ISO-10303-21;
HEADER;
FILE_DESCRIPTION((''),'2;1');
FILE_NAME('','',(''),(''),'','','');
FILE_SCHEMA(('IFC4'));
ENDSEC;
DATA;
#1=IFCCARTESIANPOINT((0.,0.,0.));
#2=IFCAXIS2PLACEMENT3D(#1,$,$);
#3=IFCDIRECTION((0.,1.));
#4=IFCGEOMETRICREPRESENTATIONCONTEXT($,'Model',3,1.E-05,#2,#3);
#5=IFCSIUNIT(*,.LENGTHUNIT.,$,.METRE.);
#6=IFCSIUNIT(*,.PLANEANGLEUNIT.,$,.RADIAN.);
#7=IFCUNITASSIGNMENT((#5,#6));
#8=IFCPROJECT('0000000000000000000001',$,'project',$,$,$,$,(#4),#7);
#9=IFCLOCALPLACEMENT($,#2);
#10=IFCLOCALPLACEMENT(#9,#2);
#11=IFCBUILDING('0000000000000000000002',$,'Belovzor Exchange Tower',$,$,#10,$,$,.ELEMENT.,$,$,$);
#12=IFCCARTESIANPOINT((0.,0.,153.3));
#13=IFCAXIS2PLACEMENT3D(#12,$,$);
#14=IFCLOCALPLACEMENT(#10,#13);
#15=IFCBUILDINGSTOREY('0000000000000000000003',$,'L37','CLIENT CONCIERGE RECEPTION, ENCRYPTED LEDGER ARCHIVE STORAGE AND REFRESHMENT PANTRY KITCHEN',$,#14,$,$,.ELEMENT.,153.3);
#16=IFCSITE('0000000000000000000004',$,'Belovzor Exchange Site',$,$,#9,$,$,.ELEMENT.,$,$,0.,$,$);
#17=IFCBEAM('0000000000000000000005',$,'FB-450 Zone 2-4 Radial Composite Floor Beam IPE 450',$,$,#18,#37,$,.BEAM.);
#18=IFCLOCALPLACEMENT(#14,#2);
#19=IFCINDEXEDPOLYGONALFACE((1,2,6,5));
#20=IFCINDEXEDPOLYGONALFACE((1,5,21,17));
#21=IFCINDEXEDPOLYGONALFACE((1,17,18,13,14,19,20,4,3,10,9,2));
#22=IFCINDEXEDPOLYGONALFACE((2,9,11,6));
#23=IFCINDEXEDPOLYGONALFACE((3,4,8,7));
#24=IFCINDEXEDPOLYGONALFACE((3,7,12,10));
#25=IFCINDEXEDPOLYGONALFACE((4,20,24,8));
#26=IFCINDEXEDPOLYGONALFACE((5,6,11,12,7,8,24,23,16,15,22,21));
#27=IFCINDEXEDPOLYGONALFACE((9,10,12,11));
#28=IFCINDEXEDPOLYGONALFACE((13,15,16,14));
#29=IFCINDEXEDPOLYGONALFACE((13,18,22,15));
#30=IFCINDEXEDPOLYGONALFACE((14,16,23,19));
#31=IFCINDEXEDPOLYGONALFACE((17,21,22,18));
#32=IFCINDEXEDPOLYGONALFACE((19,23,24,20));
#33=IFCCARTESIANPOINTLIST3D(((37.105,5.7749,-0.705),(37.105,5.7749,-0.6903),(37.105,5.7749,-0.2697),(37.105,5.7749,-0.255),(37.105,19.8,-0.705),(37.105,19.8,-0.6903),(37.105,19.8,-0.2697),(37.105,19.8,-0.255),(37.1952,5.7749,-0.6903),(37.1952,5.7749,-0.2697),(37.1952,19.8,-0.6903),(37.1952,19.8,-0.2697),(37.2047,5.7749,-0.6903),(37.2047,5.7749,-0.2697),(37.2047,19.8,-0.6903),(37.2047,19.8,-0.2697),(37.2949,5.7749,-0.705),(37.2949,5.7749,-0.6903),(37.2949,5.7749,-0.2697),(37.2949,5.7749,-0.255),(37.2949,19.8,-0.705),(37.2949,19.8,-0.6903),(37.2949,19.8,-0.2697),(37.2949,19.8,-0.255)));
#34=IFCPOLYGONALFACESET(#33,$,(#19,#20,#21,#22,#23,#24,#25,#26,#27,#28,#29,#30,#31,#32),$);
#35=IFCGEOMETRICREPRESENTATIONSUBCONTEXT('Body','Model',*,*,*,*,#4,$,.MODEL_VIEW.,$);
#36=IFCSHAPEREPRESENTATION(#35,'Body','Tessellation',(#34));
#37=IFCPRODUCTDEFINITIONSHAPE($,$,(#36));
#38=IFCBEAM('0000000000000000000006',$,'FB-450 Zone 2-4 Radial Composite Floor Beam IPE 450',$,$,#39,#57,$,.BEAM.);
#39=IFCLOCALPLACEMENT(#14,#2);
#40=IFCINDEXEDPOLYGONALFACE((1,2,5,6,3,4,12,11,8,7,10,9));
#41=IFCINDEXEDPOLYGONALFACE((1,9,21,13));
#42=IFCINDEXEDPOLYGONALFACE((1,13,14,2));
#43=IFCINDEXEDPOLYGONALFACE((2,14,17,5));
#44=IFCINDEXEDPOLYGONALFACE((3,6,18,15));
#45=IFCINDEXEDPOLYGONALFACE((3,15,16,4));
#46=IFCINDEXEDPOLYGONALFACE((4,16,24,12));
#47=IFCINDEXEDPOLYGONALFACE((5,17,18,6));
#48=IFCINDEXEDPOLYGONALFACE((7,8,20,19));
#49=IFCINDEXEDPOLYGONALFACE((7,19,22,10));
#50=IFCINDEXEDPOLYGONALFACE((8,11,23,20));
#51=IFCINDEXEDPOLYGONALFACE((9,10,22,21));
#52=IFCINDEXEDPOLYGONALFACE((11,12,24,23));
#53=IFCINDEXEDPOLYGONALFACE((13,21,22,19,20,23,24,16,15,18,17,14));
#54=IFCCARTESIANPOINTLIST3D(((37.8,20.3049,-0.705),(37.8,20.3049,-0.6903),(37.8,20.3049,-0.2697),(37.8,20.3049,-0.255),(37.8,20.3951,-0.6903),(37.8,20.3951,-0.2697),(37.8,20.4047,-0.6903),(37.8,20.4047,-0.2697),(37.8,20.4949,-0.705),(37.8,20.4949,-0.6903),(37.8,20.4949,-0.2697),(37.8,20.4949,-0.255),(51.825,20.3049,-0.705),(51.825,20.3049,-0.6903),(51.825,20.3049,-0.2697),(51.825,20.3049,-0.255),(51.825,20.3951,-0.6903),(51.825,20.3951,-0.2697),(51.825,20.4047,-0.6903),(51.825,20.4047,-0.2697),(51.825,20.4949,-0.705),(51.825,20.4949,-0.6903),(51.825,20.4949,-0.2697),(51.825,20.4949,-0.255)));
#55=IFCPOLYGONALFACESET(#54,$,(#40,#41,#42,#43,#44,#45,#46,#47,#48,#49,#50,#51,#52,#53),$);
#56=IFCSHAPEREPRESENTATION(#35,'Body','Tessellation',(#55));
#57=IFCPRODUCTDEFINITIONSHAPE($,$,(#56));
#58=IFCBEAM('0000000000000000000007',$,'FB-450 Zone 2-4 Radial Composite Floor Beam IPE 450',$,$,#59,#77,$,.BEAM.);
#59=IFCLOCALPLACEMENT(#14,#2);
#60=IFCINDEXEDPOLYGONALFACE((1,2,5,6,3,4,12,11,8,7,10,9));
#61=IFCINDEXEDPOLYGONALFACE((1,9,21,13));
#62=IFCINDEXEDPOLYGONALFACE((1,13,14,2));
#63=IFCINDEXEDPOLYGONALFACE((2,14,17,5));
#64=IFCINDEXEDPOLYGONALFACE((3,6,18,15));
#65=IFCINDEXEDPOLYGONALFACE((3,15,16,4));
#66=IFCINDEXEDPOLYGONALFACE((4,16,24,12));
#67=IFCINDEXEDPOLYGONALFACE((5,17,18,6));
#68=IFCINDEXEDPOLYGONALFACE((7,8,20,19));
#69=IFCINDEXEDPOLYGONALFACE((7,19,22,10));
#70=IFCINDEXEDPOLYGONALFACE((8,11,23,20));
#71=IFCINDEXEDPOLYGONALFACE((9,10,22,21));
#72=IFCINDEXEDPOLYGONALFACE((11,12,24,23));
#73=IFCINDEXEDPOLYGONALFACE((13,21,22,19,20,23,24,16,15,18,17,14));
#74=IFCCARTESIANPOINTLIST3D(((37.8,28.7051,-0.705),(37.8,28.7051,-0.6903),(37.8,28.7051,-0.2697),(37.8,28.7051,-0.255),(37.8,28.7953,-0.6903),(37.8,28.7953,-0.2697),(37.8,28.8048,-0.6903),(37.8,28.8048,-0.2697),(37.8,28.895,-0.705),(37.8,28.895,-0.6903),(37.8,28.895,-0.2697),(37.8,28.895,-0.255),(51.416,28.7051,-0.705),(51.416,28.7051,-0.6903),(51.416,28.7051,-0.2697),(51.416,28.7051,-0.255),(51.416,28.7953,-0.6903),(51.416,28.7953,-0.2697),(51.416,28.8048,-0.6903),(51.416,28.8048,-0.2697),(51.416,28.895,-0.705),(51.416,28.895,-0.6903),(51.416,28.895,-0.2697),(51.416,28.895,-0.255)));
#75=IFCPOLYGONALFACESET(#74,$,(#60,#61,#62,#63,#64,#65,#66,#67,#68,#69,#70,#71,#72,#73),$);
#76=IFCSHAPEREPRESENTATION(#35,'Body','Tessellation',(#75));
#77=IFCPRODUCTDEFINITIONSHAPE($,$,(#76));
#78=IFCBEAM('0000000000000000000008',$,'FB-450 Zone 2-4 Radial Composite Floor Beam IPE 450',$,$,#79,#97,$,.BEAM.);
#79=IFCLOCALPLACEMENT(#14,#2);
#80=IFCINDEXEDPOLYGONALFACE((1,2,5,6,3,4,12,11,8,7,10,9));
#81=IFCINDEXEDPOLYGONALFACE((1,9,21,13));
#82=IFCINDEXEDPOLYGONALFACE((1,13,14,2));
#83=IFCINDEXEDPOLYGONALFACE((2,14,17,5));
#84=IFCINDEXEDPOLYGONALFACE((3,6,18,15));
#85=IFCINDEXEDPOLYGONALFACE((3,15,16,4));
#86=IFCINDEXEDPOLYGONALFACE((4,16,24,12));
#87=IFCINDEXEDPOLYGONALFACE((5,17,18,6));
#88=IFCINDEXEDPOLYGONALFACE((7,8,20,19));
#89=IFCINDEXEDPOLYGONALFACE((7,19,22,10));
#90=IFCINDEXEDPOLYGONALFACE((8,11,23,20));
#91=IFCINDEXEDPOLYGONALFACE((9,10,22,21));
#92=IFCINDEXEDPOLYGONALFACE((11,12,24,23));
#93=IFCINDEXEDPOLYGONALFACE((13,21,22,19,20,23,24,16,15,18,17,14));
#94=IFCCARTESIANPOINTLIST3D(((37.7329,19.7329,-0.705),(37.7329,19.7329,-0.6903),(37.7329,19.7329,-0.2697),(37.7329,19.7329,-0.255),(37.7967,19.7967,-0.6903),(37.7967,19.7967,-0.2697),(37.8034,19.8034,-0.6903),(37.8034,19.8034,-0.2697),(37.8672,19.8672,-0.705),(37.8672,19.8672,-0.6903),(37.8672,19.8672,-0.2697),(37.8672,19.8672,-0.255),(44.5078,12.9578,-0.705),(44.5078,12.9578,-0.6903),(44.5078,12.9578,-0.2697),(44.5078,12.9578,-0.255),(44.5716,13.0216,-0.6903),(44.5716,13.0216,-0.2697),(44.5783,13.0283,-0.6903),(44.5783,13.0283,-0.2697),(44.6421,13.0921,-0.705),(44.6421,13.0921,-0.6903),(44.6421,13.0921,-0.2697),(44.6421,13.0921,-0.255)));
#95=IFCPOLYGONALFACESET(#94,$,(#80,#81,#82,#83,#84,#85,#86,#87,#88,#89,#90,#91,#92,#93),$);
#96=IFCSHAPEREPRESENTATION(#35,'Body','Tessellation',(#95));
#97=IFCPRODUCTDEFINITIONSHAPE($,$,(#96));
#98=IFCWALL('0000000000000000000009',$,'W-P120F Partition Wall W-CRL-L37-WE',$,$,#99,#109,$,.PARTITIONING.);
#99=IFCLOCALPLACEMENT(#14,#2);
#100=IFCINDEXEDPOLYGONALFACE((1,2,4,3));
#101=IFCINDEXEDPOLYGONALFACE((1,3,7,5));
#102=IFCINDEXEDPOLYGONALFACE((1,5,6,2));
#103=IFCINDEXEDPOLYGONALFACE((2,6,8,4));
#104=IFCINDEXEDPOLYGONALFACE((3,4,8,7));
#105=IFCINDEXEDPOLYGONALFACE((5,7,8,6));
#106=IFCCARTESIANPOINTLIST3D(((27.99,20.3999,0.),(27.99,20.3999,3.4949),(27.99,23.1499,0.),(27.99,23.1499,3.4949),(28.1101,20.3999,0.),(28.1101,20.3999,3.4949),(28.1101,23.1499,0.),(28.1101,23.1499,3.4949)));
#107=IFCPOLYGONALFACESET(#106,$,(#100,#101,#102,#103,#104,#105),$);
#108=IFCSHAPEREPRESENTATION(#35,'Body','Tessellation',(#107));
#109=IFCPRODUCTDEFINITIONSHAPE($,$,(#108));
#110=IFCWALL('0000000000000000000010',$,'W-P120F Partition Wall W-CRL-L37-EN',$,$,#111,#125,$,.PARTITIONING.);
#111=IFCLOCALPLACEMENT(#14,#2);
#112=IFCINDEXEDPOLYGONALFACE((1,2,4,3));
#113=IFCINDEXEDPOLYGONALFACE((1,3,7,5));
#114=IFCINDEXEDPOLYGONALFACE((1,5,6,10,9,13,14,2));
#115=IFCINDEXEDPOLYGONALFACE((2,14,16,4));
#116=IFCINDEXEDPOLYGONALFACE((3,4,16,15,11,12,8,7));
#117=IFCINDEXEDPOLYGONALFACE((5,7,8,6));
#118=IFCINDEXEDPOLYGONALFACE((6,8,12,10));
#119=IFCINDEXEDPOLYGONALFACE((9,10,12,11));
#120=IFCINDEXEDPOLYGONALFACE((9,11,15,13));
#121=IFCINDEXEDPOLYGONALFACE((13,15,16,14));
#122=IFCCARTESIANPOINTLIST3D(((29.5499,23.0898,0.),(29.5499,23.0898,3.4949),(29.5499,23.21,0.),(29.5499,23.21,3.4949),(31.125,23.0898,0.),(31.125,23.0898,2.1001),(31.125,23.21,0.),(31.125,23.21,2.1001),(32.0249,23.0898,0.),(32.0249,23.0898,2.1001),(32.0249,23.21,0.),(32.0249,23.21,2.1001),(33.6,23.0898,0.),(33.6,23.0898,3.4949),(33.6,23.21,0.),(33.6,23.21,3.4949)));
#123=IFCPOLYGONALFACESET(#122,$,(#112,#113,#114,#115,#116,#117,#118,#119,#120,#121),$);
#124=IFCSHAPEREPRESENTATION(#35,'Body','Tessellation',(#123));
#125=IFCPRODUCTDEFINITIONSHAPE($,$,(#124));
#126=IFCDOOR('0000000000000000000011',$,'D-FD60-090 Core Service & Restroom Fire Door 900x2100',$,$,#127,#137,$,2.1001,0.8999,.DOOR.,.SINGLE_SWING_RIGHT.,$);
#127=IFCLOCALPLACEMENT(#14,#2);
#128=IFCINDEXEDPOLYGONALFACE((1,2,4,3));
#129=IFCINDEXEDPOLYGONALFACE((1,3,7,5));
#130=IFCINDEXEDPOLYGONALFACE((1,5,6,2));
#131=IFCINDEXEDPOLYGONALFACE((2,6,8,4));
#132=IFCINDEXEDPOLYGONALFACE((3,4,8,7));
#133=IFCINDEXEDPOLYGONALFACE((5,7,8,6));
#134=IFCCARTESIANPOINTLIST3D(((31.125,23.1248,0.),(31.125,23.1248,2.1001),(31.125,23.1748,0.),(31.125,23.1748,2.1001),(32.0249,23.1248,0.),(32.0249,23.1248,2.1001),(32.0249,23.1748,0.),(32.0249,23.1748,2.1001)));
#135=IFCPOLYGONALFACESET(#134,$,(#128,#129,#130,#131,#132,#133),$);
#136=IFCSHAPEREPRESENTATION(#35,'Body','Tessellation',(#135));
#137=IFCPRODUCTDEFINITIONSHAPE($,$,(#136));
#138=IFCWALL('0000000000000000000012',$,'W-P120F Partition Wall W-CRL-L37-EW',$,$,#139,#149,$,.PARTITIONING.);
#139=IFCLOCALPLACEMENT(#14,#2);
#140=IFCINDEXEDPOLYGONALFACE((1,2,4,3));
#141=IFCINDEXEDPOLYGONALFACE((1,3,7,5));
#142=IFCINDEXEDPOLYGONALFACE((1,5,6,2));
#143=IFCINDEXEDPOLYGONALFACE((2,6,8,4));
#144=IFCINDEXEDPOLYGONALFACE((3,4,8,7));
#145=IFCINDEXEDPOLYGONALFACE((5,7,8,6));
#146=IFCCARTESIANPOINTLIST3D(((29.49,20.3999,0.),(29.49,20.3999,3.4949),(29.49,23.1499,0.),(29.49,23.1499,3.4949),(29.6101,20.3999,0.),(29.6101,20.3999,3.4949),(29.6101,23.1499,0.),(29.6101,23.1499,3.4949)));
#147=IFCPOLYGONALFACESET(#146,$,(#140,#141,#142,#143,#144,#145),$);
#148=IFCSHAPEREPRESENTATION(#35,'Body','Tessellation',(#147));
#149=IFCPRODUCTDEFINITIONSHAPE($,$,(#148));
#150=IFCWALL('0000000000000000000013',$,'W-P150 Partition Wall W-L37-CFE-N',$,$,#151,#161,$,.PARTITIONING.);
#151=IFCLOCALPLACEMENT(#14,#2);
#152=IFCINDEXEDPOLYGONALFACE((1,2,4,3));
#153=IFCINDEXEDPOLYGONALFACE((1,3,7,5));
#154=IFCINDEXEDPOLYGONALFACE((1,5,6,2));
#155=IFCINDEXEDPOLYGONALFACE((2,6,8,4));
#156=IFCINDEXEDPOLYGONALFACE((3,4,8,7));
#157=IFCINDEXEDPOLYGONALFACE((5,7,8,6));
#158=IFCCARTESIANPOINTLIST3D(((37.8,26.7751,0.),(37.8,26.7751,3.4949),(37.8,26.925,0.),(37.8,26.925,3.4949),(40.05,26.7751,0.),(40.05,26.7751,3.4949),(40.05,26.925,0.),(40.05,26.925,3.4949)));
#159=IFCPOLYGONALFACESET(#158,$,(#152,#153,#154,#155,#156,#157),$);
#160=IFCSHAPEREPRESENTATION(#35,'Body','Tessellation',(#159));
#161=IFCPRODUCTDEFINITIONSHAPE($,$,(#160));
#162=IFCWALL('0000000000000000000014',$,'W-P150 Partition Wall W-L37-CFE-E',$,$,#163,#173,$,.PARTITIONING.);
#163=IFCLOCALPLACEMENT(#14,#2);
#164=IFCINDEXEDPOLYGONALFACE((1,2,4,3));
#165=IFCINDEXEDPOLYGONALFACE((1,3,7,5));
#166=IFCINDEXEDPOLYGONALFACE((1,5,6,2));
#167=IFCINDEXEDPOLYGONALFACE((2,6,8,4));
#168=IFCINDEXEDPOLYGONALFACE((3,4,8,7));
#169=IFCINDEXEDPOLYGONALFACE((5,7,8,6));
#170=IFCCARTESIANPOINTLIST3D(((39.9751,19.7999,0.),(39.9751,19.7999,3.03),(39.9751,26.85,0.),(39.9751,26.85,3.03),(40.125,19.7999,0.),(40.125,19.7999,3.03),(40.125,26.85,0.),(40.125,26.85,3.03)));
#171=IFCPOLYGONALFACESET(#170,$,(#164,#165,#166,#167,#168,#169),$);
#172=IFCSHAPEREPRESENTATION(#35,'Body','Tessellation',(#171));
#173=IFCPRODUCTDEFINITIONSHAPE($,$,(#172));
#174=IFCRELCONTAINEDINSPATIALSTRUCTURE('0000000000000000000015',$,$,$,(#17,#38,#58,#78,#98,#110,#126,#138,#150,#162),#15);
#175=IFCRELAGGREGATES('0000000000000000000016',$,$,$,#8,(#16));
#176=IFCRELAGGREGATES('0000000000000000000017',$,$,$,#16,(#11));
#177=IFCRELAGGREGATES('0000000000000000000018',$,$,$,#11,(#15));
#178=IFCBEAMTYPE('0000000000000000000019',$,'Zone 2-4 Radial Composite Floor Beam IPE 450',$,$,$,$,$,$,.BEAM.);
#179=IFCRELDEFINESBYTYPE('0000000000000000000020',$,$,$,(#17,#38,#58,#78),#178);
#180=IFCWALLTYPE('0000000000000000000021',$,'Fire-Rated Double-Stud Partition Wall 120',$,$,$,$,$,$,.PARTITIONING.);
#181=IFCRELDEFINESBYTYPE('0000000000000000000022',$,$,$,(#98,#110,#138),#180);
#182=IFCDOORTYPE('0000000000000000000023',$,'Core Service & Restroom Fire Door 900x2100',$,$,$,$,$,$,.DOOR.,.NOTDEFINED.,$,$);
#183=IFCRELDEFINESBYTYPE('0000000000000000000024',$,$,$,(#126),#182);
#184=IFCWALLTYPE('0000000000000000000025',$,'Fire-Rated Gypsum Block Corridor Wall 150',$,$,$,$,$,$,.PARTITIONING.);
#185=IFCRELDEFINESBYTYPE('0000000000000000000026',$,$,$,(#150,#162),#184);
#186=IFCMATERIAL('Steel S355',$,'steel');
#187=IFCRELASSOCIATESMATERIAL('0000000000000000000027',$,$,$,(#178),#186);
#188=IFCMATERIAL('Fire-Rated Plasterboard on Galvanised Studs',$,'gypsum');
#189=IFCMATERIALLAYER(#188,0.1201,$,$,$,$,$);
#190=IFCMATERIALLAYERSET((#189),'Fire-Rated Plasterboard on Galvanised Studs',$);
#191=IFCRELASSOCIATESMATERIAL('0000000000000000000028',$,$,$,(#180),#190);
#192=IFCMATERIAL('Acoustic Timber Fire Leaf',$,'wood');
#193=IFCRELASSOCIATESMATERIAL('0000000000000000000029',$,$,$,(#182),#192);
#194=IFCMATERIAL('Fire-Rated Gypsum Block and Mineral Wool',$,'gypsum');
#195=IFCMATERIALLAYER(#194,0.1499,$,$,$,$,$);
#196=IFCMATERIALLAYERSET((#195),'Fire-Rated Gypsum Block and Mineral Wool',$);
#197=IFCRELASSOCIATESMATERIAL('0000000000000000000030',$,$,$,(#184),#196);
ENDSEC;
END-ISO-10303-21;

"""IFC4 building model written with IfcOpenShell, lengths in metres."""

from ifc_helpers import new_model, si_unit, direction, frame, frame_2d, origin, origin_2d, place, context, subcontext, project, spatial, rectangle, i_section, extrude, material, layer, layer_set, material_profile, profile_set, type_object, element, fill, save


model = new_model("IFC4")

# Units and contexts
model_context = context("Model", 3, precision=1e-05, world=origin(), true_north=direction((0.0, 1.0)))
body_context = subcontext(model_context, "Body", "Model", "MODEL_VIEW")
ifc_project = project(units=[si_unit("LENGTHUNIT", "METRE"), si_unit("PLANEANGLEUNIT", "RADIAN")], contexts=[model_context])

# Site, building, storey
site_placement = place(None, origin())
site = spatial("IfcSite", under=ifc_project, at=site_placement, Name="Belovzor Exchange Site", CompositionType="ELEMENT", RefElevation=0.0)
building_placement = place(site_placement, origin())
building = spatial("IfcBuilding", under=site, at=building_placement, Name="Belovzor Exchange Tower", CompositionType="ELEMENT")
storey_placement = place(building_placement, frame((0.0, 0.0, 153.3)))
storey = spatial("IfcBuildingStorey", under=building, at=storey_placement, Name="L37", Description="CLIENT CONCIERGE RECEPTION, ENCRYPTED LEDGER ARCHIVE STORAGE AND REFRESHMENT PANTRY KITCHEN", CompositionType="ELEMENT", Elevation=153.3)

# Beams
ifc_material_1 = material(Name="Steel S355", Category="steel")
ifc_material_profile = material_profile(ifc_material_1, i_section(OverallWidth=0.1899, OverallDepth=0.45, WebThickness=0.0095, FlangeThickness=0.0146, at=origin_2d()))
ifc_profile_set = profile_set([ifc_material_profile], Name="Steel S355")
beam_type = type_object("IfcBeamType", Name="Zone 2-4 Radial Composite Floor Beam IPE 450", PredefinedType="BEAM", material=ifc_profile_set)
beam_1_placement = place(storey_placement, frame((37.2, 19.8, -0.48), z_axis=(0.0, -1.0, 0.0), x_axis=(1.0, 0.0, 0.0)))
element("IfcBeam", 1, at=beam_1_placement, inside=storey, type_object=beam_type, Name="FB-450 Zone 2-4 Radial Composite Floor Beam IPE 450", PredefinedType="BEAM", context=body_context, shape_type="SweptSolid", body=[
    extrude(i_section(OverallWidth=0.1899, OverallDepth=0.45, WebThickness=0.0095, FlangeThickness=0.0146, at=origin_2d()), origin(), (0.0, 0.0, 1.0), 14.0251),
])
beam_2_placement = place(storey_placement, frame((37.8, 20.3999, -0.48), z_axis=(1.0, 0.0, 0.0), x_axis=(0.0, 1.0, 0.0)))
element("IfcBeam", 2, at=beam_2_placement, inside=storey, type_object=beam_type, Name="FB-450 Zone 2-4 Radial Composite Floor Beam IPE 450", PredefinedType="BEAM", context=body_context, shape_type="SweptSolid", body=[
    extrude(i_section(OverallWidth=0.1899, OverallDepth=0.45, WebThickness=0.0095, FlangeThickness=0.0146, at=origin_2d()), origin(), (0.0, 0.0, 1.0), 14.0249),
])
beam_3_placement = place(storey_placement, frame((37.8, 28.8, -0.48), z_axis=(1.0, 0.0, 0.0), x_axis=(0.0, 1.0, 0.0)))
element("IfcBeam", 3, at=beam_3_placement, inside=storey, type_object=beam_type, Name="FB-450 Zone 2-4 Radial Composite Floor Beam IPE 450", PredefinedType="BEAM", context=body_context, shape_type="SweptSolid", body=[
    extrude(i_section(OverallWidth=0.1899, OverallDepth=0.45, WebThickness=0.0095, FlangeThickness=0.0146, at=origin_2d()), origin(), (0.0, 0.0, 1.0), 13.616),
])
beam_4_placement = place(storey_placement, frame((37.8, 19.8, -0.48), z_axis=(0.707094, -0.70712, 0.0), x_axis=(0.70712, 0.707094, 0.0)))
element("IfcBeam", 4, at=beam_4_placement, inside=storey, type_object=beam_type, Name="FB-450 Zone 2-4 Radial Composite Floor Beam IPE 450", PredefinedType="BEAM", context=body_context, shape_type="SweptSolid", body=[
    extrude(i_section(OverallWidth=0.1899, OverallDepth=0.45, WebThickness=0.0095, FlangeThickness=0.0146, at=origin_2d()), origin(), (0.0, 0.0, 1.0), 9.5813),
])

# Wall
ifc_material_2 = material(Name="Fire-Rated Plasterboard on Galvanised Studs", Category="gypsum")
ifc_layer_1 = layer(ifc_material_2, 0.1201)
ifc_layer_set_1 = layer_set([ifc_layer_1], Name="Fire-Rated Plasterboard on Galvanised Studs")
wall_type_1 = type_object("IfcWallType", Name="Fire-Rated Double-Stud Partition Wall 120", PredefinedType="PARTITIONING", material=ifc_layer_set_1)
wall_1_placement = place(storey_placement, frame((28.05, 20.3999, 0.0), z_axis=(0.0, 0.0, 1.0), x_axis=(0.0, 1.0, 0.0)))
element("IfcWall", 5, at=wall_1_placement, inside=storey, type_object=wall_type_1, Name="W-P120F Partition Wall W-CRL-L37-WE", PredefinedType="PARTITIONING", context=body_context, shape_type="SweptSolid", body=[
    extrude(rectangle(XDim=2.75, YDim=0.1201, at=frame_2d((1.375, 0.0))), origin(), (0.0, 0.0, 1.0), 3.4949),
])

# Wall, opening, door
wall_2_placement = place(storey_placement, frame((29.55, 23.1499, 0.0), z_axis=(0.0, 0.0, 1.0), x_axis=(1.0, 0.0, 0.0)))
wall_2 = element("IfcWall", 6, at=wall_2_placement, inside=storey, type_object=wall_type_1, Name="W-P120F Partition Wall W-CRL-L37-EN", PredefinedType="PARTITIONING", context=body_context, shape_type="SweptSolid", body=[
    extrude(rectangle(XDim=4.05, YDim=0.1201, at=frame_2d((2.0249, 0.0))), origin(), (0.0, 0.0, 1.0), 3.4949),
])
opening_1_placement = place(wall_2_placement, frame((1.575, 0.0, 0.0)))
opening_1 = element("IfcOpeningElement", 7, at=opening_1_placement, cuts=wall_2, PredefinedType="OPENING", context=body_context, shape_type="SweptSolid", body=[
    extrude(rectangle(XDim=0.8999, YDim=2.1001, at=frame_2d((0.45, 1.05))), frame((0.0, 0.0701, 0.0), z_axis=(0.0, -1.0, 0.0), x_axis=(1.0, 0.0, 0.0)), (0.0, 0.0, 1.0), 0.1401),
])
ifc_material_3 = material(Name="Acoustic Timber Fire Leaf", Category="wood")
door_type_1 = type_object("IfcDoorType", Name="Core Service & Restroom Fire Door 900x2100", OperationType="NOTDEFINED", PredefinedType="DOOR", material=ifc_material_3)
door_1_placement = place(opening_1_placement, origin())
door_1 = element("IfcDoor", 8, at=door_1_placement, inside=storey, type_object=door_type_1, Name="D-FD60-090 Core Service & Restroom Fire Door 900x2100", OperationType="SINGLE_SWING_RIGHT", OverallHeight=2.1001, OverallWidth=0.8999, PredefinedType="DOOR", context=body_context, shape_type="SweptSolid", body=[
    extrude(rectangle(XDim=0.8999, YDim=2.1001, at=frame_2d((0.45, 1.05))), frame((0.0, 0.0249, 0.0), z_axis=(0.0, -1.0, 0.0), x_axis=(1.0, 0.0, 0.0)), (0.0, 0.0, 1.0), 0.05),
])
fill(opening_1, door_1)

# Walls
wall_3_placement = place(storey_placement, frame((29.55, 20.3999, 0.0), z_axis=(0.0, 0.0, 1.0), x_axis=(0.0, 1.0, 0.0)))
element("IfcWall", 9, at=wall_3_placement, inside=storey, type_object=wall_type_1, Name="W-P120F Partition Wall W-CRL-L37-EW", PredefinedType="PARTITIONING", context=body_context, shape_type="SweptSolid", body=[
    extrude(rectangle(XDim=2.75, YDim=0.1201, at=frame_2d((1.375, 0.0))), origin(), (0.0, 0.0, 1.0), 3.4949),
])
ifc_material_4 = material(Name="Fire-Rated Gypsum Block and Mineral Wool", Category="gypsum")
ifc_layer_2 = layer(ifc_material_4, 0.1499)
ifc_layer_set_2 = layer_set([ifc_layer_2], Name="Fire-Rated Gypsum Block and Mineral Wool")
wall_type_2 = type_object("IfcWallType", Name="Fire-Rated Gypsum Block Corridor Wall 150", PredefinedType="PARTITIONING", material=ifc_layer_set_2)
wall_4_placement = place(storey_placement, frame((37.8, 26.8501, 0.0), z_axis=(0.0, 0.0, 1.0), x_axis=(1.0, 0.0, 0.0)))
element("IfcWall", 10, at=wall_4_placement, inside=storey, type_object=wall_type_2, Name="W-P150 Partition Wall W-L37-CFE-N", PredefinedType="PARTITIONING", context=body_context, shape_type="SweptSolid", body=[
    extrude(rectangle(XDim=2.25, YDim=0.1499, at=frame_2d((1.125, 0.0))), origin(), (0.0, 0.0, 1.0), 3.4949),
])
wall_5_placement = place(storey_placement, frame((40.05, 19.8, 0.0), z_axis=(0.0, 0.0, 1.0), x_axis=(0.0, 1.0, 0.0)))
element("IfcWall", 11, at=wall_5_placement, inside=storey, type_object=wall_type_2, Name="W-P150 Partition Wall W-L37-CFE-E", PredefinedType="PARTITIONING", context=body_context, shape_type="SweptSolid", body=[
    extrude(rectangle(XDim=7.05, YDim=0.1499, at=frame_2d((3.5249, 0.0))), origin(), (0.0, 0.0, 1.0), 3.03),
])

save(model, "model.ifc")
